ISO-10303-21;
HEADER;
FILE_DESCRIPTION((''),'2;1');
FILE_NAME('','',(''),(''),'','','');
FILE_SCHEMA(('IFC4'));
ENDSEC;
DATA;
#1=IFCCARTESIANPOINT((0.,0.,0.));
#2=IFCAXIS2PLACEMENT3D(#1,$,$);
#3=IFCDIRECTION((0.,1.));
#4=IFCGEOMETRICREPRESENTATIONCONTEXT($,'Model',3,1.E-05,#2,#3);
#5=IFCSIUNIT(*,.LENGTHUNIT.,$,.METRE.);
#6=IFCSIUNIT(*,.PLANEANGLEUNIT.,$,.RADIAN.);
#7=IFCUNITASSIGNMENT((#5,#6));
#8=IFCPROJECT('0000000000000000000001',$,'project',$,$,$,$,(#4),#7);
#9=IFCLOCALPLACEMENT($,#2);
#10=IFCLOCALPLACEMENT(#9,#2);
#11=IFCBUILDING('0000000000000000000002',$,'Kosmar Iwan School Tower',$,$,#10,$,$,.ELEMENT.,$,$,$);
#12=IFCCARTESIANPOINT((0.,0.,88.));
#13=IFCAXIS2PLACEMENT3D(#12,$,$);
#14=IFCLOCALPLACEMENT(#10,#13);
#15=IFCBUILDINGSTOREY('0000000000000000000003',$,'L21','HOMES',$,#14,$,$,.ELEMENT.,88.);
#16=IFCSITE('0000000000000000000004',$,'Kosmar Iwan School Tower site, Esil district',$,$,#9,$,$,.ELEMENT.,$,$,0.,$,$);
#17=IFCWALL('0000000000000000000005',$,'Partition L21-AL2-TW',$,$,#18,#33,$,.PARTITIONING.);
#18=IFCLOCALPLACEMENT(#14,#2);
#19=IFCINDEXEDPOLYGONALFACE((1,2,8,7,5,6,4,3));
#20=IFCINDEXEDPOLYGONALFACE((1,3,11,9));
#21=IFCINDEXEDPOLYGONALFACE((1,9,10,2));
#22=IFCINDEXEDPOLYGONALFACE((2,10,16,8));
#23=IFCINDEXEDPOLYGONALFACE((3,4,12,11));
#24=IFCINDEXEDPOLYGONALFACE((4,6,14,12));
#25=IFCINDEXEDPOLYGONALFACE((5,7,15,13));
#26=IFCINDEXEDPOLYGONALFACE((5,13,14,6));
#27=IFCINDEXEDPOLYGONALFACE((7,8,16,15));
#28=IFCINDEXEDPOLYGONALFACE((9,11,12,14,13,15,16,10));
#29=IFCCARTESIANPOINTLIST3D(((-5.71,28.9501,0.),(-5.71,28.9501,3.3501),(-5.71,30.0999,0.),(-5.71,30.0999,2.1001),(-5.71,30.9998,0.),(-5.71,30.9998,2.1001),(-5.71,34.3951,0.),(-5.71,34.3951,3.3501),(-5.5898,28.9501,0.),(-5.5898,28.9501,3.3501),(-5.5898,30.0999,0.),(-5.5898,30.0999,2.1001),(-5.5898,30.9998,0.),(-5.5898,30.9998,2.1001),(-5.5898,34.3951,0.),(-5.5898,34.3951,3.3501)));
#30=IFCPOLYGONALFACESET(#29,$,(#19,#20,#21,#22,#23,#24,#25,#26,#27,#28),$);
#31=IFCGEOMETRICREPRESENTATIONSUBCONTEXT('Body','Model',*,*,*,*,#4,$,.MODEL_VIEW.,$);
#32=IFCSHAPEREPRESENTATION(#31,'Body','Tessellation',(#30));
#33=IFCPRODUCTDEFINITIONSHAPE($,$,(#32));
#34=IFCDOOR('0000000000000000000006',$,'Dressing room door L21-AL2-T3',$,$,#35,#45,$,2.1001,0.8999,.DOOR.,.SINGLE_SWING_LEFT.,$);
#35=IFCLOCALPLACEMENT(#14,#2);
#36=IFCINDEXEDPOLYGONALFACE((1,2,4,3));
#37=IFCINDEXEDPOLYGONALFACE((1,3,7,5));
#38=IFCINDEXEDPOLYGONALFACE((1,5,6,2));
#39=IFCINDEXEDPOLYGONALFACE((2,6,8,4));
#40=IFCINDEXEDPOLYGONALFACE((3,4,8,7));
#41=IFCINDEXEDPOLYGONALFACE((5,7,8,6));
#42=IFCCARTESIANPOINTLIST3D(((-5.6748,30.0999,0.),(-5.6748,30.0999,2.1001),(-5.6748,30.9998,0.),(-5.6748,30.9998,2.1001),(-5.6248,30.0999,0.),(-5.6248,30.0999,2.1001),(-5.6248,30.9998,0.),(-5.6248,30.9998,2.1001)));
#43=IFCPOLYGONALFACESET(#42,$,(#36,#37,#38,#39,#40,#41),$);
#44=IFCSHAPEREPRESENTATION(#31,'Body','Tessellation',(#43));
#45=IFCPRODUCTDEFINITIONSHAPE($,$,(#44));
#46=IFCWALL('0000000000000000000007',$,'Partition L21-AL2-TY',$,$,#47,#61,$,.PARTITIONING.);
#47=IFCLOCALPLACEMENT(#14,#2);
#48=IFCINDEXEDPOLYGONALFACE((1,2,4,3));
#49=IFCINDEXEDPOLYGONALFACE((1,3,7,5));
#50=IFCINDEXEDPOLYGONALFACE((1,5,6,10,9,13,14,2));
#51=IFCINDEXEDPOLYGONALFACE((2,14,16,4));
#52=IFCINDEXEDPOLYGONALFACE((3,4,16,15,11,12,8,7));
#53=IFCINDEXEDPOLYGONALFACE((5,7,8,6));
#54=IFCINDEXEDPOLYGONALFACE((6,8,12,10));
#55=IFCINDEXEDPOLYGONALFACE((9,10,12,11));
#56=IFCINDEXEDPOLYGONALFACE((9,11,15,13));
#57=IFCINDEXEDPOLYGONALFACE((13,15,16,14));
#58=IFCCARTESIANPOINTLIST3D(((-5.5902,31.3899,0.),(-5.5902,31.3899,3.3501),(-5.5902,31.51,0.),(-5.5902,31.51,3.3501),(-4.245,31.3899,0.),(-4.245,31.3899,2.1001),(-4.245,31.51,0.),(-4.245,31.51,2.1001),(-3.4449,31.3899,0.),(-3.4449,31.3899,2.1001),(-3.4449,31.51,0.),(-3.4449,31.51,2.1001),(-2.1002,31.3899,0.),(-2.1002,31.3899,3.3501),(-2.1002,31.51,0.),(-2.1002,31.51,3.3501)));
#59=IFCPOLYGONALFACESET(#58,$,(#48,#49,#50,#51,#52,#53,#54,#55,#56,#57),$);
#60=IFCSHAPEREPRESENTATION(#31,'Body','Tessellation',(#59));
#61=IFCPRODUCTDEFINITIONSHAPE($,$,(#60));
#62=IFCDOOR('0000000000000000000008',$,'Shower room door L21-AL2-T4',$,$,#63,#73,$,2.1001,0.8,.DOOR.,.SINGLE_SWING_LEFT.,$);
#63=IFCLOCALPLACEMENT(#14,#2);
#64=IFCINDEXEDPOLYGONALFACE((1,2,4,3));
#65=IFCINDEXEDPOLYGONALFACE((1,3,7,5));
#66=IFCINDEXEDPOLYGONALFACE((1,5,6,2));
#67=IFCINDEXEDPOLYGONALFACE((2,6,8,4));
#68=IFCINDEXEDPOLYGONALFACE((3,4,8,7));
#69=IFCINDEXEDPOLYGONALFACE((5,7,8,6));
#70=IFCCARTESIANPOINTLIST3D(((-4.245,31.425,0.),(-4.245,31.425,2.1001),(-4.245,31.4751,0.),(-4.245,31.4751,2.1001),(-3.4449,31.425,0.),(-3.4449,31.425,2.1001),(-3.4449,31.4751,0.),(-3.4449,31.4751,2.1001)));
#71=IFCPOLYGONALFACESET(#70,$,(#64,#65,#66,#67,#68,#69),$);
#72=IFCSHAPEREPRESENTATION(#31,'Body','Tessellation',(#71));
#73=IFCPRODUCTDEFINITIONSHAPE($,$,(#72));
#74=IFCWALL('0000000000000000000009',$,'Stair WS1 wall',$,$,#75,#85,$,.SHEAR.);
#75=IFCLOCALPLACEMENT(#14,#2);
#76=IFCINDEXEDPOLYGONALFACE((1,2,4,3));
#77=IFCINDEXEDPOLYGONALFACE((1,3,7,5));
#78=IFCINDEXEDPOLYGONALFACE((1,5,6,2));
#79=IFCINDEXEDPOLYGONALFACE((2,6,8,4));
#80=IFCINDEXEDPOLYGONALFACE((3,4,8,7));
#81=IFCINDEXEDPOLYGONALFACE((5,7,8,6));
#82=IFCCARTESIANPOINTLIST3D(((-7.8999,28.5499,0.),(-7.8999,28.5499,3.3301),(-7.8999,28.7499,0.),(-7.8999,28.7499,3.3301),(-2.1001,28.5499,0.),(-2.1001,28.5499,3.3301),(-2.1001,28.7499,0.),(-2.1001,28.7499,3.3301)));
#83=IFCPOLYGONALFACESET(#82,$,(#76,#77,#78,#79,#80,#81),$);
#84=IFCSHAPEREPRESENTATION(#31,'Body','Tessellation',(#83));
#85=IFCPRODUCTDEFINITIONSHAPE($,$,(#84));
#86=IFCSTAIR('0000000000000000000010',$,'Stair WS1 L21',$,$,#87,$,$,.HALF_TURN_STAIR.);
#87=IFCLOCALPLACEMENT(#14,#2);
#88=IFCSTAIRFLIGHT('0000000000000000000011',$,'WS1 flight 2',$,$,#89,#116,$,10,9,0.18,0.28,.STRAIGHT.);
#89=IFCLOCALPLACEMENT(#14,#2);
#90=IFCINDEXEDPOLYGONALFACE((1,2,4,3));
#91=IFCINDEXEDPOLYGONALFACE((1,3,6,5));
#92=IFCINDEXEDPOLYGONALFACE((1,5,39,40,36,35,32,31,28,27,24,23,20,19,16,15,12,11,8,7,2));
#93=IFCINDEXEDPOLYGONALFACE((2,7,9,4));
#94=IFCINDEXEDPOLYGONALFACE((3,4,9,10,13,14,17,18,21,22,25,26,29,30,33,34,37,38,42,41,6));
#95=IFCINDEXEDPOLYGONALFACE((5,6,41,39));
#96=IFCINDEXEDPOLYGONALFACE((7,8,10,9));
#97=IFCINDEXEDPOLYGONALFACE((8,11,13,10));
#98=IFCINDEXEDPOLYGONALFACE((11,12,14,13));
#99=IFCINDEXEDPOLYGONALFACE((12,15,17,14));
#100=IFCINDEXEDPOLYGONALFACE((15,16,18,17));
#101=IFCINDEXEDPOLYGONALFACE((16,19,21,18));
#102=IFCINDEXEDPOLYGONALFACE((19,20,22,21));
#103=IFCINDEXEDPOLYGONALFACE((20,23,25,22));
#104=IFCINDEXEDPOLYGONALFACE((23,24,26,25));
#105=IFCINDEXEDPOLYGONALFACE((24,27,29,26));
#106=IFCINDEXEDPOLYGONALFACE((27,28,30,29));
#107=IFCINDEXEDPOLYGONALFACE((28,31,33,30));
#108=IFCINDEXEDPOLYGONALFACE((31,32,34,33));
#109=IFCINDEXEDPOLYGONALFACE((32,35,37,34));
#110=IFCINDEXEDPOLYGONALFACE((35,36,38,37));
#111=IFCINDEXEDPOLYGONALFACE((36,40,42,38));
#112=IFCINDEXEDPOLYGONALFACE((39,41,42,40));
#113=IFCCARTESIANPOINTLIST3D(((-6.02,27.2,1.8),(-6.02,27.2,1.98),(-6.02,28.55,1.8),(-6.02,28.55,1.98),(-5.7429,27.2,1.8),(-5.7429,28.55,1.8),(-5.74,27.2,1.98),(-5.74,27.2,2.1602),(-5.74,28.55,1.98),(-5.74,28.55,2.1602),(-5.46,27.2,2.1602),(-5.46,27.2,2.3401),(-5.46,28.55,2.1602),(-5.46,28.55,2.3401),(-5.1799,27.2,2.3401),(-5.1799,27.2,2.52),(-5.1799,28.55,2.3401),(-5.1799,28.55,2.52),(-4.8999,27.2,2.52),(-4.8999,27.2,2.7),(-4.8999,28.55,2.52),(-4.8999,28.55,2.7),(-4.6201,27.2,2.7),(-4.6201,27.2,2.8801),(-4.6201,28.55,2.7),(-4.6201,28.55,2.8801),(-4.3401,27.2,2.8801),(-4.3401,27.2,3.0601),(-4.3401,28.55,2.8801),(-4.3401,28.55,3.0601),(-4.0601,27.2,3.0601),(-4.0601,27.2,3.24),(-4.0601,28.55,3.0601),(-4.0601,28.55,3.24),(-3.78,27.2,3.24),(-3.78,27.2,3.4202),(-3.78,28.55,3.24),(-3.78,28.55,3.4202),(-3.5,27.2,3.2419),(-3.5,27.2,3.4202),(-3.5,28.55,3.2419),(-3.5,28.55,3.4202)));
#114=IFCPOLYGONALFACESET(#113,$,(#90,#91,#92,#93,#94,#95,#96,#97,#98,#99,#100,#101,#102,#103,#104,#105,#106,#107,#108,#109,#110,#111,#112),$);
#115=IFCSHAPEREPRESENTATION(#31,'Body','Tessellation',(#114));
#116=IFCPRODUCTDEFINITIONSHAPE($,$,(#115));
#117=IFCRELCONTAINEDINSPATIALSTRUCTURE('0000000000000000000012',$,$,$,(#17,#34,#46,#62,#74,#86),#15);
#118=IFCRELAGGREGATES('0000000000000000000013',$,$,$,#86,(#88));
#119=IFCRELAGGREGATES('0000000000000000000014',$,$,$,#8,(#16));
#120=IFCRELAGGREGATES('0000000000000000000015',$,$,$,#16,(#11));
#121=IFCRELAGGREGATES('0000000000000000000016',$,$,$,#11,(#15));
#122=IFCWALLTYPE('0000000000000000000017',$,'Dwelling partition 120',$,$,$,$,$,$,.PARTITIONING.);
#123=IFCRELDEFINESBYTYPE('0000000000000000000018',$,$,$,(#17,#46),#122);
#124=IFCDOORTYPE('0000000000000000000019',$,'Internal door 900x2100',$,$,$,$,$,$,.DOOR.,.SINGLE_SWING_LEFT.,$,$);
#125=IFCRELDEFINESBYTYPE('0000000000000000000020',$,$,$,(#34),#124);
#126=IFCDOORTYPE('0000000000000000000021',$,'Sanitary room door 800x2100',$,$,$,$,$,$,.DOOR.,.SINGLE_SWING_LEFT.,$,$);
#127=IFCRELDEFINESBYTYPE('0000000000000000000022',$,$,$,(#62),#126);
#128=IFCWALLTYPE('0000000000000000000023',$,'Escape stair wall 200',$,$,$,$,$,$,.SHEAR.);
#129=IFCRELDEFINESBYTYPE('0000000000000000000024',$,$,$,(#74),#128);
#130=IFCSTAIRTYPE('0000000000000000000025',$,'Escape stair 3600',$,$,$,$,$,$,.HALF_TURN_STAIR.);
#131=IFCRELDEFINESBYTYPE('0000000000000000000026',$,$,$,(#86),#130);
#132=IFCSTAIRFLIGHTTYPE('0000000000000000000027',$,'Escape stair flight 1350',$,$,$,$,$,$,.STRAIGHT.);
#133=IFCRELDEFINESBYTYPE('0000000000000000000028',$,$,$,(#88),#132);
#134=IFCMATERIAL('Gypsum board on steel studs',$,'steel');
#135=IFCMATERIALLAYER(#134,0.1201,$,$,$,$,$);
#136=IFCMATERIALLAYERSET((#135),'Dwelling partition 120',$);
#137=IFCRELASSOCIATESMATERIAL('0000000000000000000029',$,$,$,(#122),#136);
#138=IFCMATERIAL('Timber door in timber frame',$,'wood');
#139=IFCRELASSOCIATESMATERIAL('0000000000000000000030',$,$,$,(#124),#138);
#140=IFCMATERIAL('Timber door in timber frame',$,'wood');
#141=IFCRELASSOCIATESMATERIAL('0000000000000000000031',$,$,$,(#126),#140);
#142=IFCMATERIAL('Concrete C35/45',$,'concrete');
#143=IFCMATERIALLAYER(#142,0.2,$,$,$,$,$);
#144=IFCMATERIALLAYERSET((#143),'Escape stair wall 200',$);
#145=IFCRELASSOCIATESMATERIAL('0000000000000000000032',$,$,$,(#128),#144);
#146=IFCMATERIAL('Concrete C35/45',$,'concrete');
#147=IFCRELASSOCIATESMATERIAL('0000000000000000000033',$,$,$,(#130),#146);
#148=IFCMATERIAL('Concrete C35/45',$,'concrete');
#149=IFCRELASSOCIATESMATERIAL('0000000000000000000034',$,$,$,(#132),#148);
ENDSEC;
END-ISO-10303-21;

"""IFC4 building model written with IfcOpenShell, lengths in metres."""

from ifc_helpers import new_model, si_unit, direction, frame, frame_2d, origin, place, context, subcontext, project, spatial, polyline, rectangle, outline, extrude, material, layer, layer_set, type_object, element, fill, aggregate, save


model = new_model("IFC4")

# Units and contexts
model_context = context("Model", 3, precision=1e-05, world=origin(), true_north=direction((0.0, 1.0)))
body_context = subcontext(model_context, "Body", "Model", "MODEL_VIEW")
ifc_project = project(units=[si_unit("LENGTHUNIT", "METRE"), si_unit("PLANEANGLEUNIT", "RADIAN")], contexts=[model_context])

# Site, building, storey
site_placement = place(None, origin())
site = spatial("IfcSite", under=ifc_project, at=site_placement, Name="Kosmar Iwan School Tower site, Esil district", CompositionType="ELEMENT", RefElevation=0.0)
building_placement = place(site_placement, origin())
building = spatial("IfcBuilding", under=site, at=building_placement, Name="Kosmar Iwan School Tower", CompositionType="ELEMENT")
storey_placement = place(building_placement, frame((0.0, 0.0, 88.0)))
storey = spatial("IfcBuildingStorey", under=building, at=storey_placement, Name="L21", Description="HOMES", CompositionType="ELEMENT", Elevation=88.0)

# Walls, openings, doors
ifc_material_1 = material(Name="Gypsum board on steel studs", Category="steel")
ifc_layer_1 = layer(ifc_material_1, 0.1201)
ifc_layer_set_1 = layer_set([ifc_layer_1], Name="Dwelling partition 120")
wall_type_1 = type_object("IfcWallType", Name="Dwelling partition 120", PredefinedType="PARTITIONING", material=ifc_layer_set_1)
ifc_material_2 = material(Name="Timber door in timber frame", Category="wood")
door_type_1 = type_object("IfcDoorType", Name="Internal door 900x2100", OperationType="SINGLE_SWING_LEFT", PredefinedType="DOOR", material=ifc_material_2)
wall_1_placement = place(storey_placement, frame((-5.6499, 28.95, 0.0), z_axis=(0.0, 0.0, 1.0), x_axis=(0.0, 1.0, 0.0)))
wall_1 = element("IfcWall", 1, at=wall_1_placement, inside=storey, type_object=wall_type_1, Name="Partition L21-AL2-TW", PredefinedType="PARTITIONING", context=body_context, shape_type="SweptSolid", body=[
    extrude(rectangle(XDim=5.4451, YDim=0.1201, at=frame_2d((2.7227, 0.0))), origin(), (0.0, 0.0, 1.0), 3.3501),
])
opening_1_placement = place(wall_1_placement, frame((1.1499, 0.0, 0.0)))
opening_1 = element("IfcOpeningElement", 2, at=opening_1_placement, cuts=wall_1, PredefinedType="OPENING", context=body_context, shape_type="SweptSolid", body=[
    extrude(rectangle(XDim=0.8999, YDim=2.1001, at=frame_2d((0.45, 1.05))), frame((0.0, 0.072, 0.0), z_axis=(0.0, -1.0, 0.0), x_axis=(1.0, 0.0, 0.0)), (0.0, 0.0, 1.0), 0.144),
])
door_1_placement = place(opening_1_placement, origin())
door_1 = element("IfcDoor", 3, at=door_1_placement, inside=storey, type_object=door_type_1, Name="Dressing room door L21-AL2-T3", OperationType="SINGLE_SWING_LEFT", OverallHeight=2.1001, OverallWidth=0.8999, PredefinedType="DOOR", context=body_context, shape_type="SweptSolid", body=[
    extrude(rectangle(XDim=0.8999, YDim=2.1001, at=frame_2d((0.45, 1.05))), frame((0.0, 0.0249, 0.0), z_axis=(0.0, -1.0, 0.0), x_axis=(1.0, 0.0, 0.0)), (0.0, 0.0, 1.0), 0.05),
])
fill(opening_1, door_1)
wall_2_placement = place(storey_placement, frame((-2.1001, 31.45, 0.0), z_axis=(0.0, 0.0, 1.0), x_axis=(-1.0, 0.0, 0.0)))
wall_2 = element("IfcWall", 4, at=wall_2_placement, inside=storey, type_object=wall_type_1, Name="Partition L21-AL2-TY", PredefinedType="PARTITIONING", context=body_context, shape_type="SweptSolid", body=[
    extrude(rectangle(XDim=3.49, YDim=0.1201, at=frame_2d((1.7451, 0.0))), origin(), (0.0, 0.0, 1.0), 3.3501),
])
opening_2_placement = place(wall_2_placement, frame((1.345, 0.0, 0.0)))
opening_2 = element("IfcOpeningElement", 5, at=opening_2_placement, cuts=wall_2, PredefinedType="OPENING", context=body_context, shape_type="SweptSolid", body=[
    extrude(rectangle(XDim=0.8, YDim=2.1001, at=frame_2d((0.3999, 1.05))), frame((0.0, 0.072, 0.0), z_axis=(0.0, -1.0, 0.0), x_axis=(1.0, 0.0, 0.0)), (0.0, 0.0, 1.0), 0.144),
])
ifc_material_3 = material(Name="Timber door in timber frame", Category="wood")
door_type_2 = type_object("IfcDoorType", Name="Sanitary room door 800x2100", OperationType="SINGLE_SWING_LEFT", PredefinedType="DOOR", material=ifc_material_3)
door_2_placement = place(opening_2_placement, origin())
door_2 = element("IfcDoor", 6, at=door_2_placement, inside=storey, type_object=door_type_2, Name="Shower room door L21-AL2-T4", OperationType="SINGLE_SWING_LEFT", OverallHeight=2.1001, OverallWidth=0.8, PredefinedType="DOOR", context=body_context, shape_type="SweptSolid", body=[
    extrude(rectangle(XDim=0.8, YDim=2.1001, at=frame_2d((0.3999, 1.05))), frame((0.0, 0.0249, 0.0), z_axis=(0.0, -1.0, 0.0), x_axis=(1.0, 0.0, 0.0)), (0.0, 0.0, 1.0), 0.05),
])
fill(opening_2, door_2)

# Wall
ifc_material_4 = material(Name="Concrete C35/45", Category="concrete")
ifc_layer_2 = layer(ifc_material_4, 0.2)
ifc_layer_set_2 = layer_set([ifc_layer_2], Name="Escape stair wall 200")
wall_type_2 = type_object("IfcWallType", Name="Escape stair wall 200", PredefinedType="SHEAR", material=ifc_layer_set_2)
wall_3_placement = place(storey_placement, frame((-2.1001, 28.6499, 0.0), z_axis=(0.0, 0.0, 1.0), x_axis=(-1.0, 0.0, 0.0)))
element("IfcWall", 7, at=wall_3_placement, inside=storey, type_object=wall_type_2, Name="Stair WS1 wall", PredefinedType="SHEAR", context=body_context, shape_type="SweptSolid", body=[
    extrude(rectangle(XDim=5.7998, YDim=0.2, at=frame_2d((2.8999, 0.0))), origin(), (0.0, 0.0, 1.0), 3.3301),
])

# Stair, stair flight
ifc_material_5 = material(Name="Concrete C35/45", Category="concrete")
stair_type = type_object("IfcStairType", Name="Escape stair 3600", PredefinedType="HALF_TURN_STAIR", material=ifc_material_5)
stair_placement = place(storey_placement, origin())
stair = element("IfcStair", 8, at=stair_placement, inside=storey, type_object=stair_type, Name="Stair WS1 L21", PredefinedType="HALF_TURN_STAIR")
ifc_material_6 = material(Name="Concrete C35/45", Category="concrete")
stair_flight_type = type_object("IfcStairFlightType", Name="Escape stair flight 1350", PredefinedType="STRAIGHT", material=ifc_material_6)
stair_flight_placement = place(storey_placement, frame((-6.02, 27.875, 1.8), z_axis=(0.0, 0.0, 1.0), x_axis=(1.0, 0.0, 0.0)))
stair_flight = element("IfcStairFlight", 9, at=stair_flight_placement, type_object=stair_flight_type, Name="WS1 flight 2", NumberOfRisers=10, NumberOfTreads=9, PredefinedType="STRAIGHT", RiserHeight=0.18, TreadLength=0.28, context=body_context, shape_type="SweptSolid", body=[
    extrude(outline(polyline([(0.0, 0.0), (0.0, 0.1799), (0.28, 0.1799), (0.28, 0.3601), (0.5601, 0.3601), (0.5601, 0.54), (0.8401, 0.54), (0.8401, 0.72), (1.1201, 0.72), (1.1201, 0.8999), (1.3999, 0.8999), (1.3999, 1.0801), (1.6799, 1.0801), (1.6799, 1.26), (1.96, 1.26), (1.96, 1.4399), (2.24, 1.4399), (2.24, 1.6201), (2.52, 1.6201), (2.52, 1.8), (2.52, 1.4419), (0.2771, 0.0), (0.0, 0.0)])), frame((0.0, 0.675, 0.0), z_axis=(0.0, -1.0, 0.0), x_axis=(1.0, 0.0, 0.0)), (0.0, 0.0, 1.0), 1.3501),
])
aggregate(stair, [stair_flight])

save(model, "model.ifc")
